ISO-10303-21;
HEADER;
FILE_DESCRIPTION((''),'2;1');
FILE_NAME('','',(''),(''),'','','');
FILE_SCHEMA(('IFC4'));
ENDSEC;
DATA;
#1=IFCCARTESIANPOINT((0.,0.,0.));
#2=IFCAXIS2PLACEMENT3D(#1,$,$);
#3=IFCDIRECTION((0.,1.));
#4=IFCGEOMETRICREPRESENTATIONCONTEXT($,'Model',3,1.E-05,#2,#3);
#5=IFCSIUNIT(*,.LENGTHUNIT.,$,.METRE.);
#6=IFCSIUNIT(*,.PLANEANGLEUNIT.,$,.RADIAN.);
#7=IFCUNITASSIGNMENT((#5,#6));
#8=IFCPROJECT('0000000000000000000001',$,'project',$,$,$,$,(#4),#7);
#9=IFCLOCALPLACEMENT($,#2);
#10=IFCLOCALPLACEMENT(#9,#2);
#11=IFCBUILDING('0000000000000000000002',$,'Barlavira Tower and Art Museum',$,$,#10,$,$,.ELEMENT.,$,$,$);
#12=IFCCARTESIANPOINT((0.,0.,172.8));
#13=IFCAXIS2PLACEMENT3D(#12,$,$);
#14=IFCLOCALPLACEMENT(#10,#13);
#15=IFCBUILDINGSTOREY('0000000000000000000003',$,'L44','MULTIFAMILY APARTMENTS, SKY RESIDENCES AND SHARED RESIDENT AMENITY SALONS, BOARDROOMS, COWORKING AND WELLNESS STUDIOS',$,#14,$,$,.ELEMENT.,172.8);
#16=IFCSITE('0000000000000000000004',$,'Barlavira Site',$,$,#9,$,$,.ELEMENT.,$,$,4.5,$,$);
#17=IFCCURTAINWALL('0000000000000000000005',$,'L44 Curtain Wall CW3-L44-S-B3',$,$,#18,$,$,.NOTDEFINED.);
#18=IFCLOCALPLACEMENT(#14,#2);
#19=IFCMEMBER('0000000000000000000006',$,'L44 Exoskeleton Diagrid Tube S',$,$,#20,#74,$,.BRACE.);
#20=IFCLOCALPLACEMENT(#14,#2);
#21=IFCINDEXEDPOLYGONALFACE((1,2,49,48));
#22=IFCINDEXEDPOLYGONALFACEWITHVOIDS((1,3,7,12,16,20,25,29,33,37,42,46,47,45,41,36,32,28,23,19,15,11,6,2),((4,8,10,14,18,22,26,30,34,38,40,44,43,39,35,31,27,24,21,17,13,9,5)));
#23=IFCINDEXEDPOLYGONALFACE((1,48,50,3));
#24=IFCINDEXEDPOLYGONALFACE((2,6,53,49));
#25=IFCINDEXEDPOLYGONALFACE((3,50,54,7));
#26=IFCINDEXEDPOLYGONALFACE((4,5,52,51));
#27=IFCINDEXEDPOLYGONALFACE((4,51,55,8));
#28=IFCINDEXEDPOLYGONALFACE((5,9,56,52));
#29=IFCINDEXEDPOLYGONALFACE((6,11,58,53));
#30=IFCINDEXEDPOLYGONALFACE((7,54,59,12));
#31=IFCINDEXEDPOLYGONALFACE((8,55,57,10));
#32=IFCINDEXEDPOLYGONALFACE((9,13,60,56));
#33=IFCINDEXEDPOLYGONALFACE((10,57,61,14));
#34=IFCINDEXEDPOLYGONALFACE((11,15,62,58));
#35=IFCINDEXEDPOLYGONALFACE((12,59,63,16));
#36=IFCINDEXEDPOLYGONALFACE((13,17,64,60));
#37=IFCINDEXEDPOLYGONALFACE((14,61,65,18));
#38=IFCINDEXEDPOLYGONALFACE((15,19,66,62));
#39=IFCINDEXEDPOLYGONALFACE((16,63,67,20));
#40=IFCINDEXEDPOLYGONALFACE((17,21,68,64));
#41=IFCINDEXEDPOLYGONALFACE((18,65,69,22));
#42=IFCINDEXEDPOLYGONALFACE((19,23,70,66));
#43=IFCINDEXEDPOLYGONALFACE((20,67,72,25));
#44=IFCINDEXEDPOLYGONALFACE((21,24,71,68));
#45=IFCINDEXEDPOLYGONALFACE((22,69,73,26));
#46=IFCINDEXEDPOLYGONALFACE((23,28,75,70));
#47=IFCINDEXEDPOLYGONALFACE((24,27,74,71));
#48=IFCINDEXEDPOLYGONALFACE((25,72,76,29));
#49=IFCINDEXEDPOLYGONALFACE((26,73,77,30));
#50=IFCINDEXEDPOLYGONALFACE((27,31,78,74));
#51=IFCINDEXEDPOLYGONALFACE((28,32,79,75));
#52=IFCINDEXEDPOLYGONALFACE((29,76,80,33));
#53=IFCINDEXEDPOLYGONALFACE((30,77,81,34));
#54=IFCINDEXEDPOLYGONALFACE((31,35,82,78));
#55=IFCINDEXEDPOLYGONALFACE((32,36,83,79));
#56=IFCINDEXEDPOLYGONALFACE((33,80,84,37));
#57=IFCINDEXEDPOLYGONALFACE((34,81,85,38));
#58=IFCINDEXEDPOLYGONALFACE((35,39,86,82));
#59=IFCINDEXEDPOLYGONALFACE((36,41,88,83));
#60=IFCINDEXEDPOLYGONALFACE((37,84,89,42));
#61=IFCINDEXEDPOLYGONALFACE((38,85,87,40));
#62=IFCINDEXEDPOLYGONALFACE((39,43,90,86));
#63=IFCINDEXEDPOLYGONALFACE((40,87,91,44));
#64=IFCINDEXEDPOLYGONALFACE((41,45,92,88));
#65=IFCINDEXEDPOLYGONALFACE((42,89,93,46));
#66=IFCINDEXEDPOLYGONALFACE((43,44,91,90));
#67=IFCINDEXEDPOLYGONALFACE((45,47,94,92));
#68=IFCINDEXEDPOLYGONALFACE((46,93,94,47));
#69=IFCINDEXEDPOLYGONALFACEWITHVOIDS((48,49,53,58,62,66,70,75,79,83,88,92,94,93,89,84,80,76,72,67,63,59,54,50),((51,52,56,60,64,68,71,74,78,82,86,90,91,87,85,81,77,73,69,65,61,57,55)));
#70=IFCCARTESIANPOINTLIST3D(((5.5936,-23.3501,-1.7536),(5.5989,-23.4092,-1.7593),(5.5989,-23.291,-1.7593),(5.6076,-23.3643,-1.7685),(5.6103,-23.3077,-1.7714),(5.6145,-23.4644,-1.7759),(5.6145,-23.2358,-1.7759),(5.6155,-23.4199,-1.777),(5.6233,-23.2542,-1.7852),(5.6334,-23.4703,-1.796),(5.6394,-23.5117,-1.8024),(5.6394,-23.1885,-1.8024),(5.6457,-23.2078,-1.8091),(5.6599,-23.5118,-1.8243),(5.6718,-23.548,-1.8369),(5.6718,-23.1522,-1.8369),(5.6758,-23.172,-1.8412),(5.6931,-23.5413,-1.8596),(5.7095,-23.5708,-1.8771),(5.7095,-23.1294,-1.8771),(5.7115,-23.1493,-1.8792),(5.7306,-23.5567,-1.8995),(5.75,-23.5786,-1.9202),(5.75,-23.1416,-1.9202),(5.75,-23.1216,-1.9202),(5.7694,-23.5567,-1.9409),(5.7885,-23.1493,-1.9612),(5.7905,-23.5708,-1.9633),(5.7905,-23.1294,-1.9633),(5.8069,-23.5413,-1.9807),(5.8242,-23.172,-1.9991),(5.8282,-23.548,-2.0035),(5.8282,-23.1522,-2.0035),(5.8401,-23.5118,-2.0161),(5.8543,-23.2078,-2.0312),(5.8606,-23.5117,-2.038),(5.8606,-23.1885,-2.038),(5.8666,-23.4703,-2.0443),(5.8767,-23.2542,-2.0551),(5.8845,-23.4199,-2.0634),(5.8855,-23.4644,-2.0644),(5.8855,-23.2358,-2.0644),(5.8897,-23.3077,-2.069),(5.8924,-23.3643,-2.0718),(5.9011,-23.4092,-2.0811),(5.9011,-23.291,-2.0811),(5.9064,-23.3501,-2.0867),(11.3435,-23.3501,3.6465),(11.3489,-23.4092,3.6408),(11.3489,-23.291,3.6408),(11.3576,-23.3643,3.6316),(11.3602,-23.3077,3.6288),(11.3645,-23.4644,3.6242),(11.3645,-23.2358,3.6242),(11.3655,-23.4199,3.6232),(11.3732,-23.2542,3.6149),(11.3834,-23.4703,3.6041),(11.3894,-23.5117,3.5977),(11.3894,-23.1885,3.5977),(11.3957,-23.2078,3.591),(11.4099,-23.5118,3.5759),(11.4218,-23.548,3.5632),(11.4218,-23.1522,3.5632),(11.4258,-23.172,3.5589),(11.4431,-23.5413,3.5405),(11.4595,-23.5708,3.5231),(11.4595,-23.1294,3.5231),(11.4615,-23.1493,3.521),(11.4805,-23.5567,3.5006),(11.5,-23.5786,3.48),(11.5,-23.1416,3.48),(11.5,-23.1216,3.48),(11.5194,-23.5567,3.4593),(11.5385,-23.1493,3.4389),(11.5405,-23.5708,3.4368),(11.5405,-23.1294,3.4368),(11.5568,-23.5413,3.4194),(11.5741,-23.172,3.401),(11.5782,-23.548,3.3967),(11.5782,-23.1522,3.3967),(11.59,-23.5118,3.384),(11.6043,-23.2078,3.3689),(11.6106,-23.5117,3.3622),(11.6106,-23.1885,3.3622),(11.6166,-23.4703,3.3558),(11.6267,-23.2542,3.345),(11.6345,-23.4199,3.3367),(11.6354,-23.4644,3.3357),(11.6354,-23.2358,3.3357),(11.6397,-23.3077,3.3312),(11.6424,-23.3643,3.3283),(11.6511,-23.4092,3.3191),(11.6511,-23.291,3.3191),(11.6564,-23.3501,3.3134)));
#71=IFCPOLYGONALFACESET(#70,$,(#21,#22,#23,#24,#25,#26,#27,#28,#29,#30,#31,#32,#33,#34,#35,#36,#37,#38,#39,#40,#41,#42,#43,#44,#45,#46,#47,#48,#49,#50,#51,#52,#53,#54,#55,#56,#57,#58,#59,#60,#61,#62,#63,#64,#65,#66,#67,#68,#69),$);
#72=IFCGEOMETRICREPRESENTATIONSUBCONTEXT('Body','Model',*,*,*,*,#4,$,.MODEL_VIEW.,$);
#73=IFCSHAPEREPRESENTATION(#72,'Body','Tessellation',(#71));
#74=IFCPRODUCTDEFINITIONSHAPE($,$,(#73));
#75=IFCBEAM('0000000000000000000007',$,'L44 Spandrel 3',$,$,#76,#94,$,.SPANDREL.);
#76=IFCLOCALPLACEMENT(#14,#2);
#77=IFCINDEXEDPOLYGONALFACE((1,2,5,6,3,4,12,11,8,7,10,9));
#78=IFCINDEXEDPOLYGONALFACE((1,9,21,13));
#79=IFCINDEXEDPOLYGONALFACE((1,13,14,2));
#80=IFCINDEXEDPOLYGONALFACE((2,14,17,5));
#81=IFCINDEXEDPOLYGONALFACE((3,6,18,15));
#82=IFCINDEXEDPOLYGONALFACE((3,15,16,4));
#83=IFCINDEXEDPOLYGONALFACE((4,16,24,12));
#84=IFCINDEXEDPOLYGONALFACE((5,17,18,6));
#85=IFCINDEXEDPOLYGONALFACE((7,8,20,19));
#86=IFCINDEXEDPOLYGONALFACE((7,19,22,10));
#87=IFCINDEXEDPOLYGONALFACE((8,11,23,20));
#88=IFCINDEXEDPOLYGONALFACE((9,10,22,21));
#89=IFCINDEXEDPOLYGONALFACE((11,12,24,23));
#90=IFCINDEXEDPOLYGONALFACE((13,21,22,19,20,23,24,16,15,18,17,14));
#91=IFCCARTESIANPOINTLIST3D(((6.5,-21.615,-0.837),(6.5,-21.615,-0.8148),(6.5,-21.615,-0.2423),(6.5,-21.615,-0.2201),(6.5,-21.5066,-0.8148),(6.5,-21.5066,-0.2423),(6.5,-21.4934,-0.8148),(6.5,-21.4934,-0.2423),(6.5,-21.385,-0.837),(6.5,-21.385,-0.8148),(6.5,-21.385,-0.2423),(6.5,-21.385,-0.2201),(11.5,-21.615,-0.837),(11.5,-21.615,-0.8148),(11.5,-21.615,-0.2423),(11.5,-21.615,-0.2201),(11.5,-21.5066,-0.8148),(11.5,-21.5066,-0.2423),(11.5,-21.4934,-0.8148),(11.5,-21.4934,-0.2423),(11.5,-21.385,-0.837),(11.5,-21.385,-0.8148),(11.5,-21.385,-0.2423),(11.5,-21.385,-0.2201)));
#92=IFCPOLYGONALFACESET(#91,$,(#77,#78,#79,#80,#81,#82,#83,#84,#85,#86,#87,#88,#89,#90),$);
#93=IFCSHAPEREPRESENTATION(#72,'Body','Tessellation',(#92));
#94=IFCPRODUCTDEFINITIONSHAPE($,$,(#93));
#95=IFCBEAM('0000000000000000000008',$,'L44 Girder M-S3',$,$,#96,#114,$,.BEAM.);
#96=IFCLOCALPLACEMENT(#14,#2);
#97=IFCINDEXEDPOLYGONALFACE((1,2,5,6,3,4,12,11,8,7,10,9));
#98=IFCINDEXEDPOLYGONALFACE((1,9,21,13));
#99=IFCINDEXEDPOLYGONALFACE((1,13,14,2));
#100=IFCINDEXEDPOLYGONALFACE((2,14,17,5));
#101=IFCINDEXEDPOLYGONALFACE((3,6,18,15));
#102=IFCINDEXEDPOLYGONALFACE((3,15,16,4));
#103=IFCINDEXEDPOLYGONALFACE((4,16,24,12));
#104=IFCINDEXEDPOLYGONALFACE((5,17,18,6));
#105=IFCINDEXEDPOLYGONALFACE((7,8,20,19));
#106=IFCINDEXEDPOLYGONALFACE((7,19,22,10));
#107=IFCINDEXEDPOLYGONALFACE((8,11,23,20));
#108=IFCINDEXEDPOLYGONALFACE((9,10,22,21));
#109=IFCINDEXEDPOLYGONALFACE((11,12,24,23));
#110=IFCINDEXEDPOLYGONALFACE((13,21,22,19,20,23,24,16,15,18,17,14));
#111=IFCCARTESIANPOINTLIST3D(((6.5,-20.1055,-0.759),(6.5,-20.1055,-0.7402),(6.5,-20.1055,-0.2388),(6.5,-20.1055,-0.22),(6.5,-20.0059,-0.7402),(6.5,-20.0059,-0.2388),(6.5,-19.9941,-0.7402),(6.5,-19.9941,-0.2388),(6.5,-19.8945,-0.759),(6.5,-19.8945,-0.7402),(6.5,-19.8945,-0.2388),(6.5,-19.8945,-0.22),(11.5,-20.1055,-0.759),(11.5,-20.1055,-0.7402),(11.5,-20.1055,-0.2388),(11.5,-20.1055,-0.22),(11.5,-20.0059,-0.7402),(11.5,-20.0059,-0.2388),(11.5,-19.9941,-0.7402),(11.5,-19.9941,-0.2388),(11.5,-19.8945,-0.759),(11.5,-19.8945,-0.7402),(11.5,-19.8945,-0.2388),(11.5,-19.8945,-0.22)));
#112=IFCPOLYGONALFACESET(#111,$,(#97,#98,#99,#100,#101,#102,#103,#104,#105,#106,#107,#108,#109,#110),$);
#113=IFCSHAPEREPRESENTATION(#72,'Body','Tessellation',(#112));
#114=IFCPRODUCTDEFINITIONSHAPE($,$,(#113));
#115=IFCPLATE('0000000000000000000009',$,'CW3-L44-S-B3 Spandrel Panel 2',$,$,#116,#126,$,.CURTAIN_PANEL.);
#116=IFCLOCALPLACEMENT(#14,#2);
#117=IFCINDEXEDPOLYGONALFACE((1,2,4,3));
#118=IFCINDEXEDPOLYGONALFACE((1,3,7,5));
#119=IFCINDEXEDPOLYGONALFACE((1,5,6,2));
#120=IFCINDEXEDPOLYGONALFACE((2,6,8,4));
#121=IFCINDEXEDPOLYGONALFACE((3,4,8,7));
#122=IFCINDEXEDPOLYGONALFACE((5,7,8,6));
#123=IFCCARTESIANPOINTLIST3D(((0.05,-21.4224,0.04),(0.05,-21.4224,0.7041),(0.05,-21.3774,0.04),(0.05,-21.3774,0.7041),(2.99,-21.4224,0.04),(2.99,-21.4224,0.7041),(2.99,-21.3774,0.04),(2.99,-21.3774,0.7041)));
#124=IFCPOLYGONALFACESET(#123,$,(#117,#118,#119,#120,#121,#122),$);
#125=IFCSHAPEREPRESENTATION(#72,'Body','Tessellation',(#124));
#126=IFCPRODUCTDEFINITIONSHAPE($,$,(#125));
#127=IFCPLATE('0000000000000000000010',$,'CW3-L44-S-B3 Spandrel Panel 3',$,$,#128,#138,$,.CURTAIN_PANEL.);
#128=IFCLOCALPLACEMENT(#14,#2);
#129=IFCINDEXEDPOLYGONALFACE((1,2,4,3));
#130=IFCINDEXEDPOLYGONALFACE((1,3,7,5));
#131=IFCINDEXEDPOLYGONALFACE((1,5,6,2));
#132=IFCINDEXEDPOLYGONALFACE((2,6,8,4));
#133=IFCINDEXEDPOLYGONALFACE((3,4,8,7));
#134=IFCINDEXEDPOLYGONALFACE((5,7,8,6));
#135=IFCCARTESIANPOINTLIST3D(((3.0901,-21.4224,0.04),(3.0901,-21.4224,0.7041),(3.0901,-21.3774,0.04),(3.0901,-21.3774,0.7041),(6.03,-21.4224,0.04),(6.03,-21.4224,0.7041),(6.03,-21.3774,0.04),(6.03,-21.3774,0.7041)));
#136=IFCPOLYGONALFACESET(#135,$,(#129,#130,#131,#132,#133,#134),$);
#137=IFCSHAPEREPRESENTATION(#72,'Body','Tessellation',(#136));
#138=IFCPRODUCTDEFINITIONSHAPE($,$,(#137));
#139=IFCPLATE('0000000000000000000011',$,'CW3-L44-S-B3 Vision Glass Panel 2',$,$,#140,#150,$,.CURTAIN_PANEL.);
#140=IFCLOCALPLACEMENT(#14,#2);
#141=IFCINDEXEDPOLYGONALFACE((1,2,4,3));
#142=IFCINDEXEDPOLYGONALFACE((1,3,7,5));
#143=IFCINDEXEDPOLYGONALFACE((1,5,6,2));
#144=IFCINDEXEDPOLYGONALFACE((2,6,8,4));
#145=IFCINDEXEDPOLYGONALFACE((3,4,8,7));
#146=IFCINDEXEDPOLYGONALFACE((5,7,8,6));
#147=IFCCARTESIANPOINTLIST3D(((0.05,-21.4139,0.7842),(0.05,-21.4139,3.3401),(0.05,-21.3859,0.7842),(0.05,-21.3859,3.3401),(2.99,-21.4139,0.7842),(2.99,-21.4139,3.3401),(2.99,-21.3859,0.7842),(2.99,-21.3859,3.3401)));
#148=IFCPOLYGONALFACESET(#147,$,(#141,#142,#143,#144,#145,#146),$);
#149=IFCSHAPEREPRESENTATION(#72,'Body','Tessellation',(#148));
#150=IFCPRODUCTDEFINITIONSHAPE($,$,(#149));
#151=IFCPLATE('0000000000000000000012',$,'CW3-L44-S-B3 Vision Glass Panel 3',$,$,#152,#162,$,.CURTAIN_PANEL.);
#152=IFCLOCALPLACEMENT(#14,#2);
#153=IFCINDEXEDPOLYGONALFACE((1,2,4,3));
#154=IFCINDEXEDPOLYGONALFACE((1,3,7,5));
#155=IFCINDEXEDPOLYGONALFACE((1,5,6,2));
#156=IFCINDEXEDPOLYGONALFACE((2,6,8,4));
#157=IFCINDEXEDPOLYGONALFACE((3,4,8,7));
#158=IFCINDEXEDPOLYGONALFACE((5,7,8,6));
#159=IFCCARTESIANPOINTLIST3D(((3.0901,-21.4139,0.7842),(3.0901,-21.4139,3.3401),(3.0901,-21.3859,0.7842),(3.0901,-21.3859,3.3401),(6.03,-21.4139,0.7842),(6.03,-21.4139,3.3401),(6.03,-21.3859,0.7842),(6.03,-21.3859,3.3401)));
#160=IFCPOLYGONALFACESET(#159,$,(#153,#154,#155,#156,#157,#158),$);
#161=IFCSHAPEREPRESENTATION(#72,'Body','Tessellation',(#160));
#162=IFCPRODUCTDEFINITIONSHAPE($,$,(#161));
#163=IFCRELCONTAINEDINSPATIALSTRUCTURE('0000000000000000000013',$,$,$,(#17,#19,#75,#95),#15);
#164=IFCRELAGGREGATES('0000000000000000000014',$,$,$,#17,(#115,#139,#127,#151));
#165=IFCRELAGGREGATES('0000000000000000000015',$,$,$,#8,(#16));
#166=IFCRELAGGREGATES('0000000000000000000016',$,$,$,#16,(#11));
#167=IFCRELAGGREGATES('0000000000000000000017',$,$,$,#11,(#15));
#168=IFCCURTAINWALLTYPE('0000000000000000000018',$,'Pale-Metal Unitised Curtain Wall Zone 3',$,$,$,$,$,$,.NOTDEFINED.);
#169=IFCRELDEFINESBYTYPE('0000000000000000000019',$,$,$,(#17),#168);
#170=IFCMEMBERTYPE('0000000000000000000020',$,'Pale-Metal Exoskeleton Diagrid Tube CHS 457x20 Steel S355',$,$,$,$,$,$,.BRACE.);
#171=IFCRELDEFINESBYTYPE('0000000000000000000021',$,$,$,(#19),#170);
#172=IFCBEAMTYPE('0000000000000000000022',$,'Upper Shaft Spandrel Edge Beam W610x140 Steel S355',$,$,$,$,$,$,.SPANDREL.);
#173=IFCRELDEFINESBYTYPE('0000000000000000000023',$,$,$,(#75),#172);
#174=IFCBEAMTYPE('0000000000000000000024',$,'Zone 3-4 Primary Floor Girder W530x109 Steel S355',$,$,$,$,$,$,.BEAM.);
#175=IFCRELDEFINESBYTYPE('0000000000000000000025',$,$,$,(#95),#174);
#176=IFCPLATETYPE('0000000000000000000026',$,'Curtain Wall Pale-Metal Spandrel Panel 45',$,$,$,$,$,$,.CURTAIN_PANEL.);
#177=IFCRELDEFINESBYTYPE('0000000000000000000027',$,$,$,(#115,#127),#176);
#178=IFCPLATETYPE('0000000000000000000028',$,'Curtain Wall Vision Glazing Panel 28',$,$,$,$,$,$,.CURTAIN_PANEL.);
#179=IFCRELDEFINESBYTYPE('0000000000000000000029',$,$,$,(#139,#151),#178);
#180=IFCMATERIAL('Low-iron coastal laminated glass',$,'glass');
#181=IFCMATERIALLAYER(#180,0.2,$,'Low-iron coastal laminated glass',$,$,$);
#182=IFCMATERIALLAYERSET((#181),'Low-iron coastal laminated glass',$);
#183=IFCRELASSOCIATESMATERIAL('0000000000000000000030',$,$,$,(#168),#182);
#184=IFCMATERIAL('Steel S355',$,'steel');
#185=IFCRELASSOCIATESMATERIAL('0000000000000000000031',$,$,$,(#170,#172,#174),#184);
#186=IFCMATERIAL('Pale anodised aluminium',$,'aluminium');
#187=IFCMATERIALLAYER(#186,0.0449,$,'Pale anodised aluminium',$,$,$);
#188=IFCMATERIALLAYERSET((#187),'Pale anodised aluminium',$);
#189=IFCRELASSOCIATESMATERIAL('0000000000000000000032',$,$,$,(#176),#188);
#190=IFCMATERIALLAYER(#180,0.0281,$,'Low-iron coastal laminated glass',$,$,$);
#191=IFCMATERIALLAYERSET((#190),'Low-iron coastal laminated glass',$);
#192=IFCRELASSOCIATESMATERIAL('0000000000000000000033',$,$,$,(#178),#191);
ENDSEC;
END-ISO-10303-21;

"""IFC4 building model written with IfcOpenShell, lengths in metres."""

from ifc_helpers import new_model, si_unit, direction, frame, origin, origin_2d, place, context, subcontext, project, spatial, rectangle, hollow_circle, i_section, extrude, material, layer, layer_set, material_profile, profile_set, type_object, element, aggregate, save


model = new_model("IFC4")

# Units and contexts
model_context = context("Model", 3, precision=1e-05, world=origin(), true_north=direction((0.0, 1.0)))
body_context = subcontext(model_context, "Body", "Model", "MODEL_VIEW")
ifc_project = project(units=[si_unit("LENGTHUNIT", "METRE"), si_unit("PLANEANGLEUNIT", "RADIAN")], contexts=[model_context])

# Site, building, storey
site_placement = place(None, origin())
site = spatial("IfcSite", under=ifc_project, at=site_placement, Name="Barlavira Site", CompositionType="ELEMENT", RefElevation=4.5)
building_placement = place(site_placement, origin())
building = spatial("IfcBuilding", under=site, at=building_placement, Name="Barlavira Tower and Art Museum", CompositionType="ELEMENT")
storey_placement = place(building_placement, frame((0.0, 0.0, 172.8)))
storey = spatial("IfcBuildingStorey", under=building, at=storey_placement, Name="L44", Description="MULTIFAMILY APARTMENTS, SKY RESIDENCES AND SHARED RESIDENT AMENITY SALONS, BOARDROOMS, COWORKING AND WELLNESS STUDIOS", CompositionType="ELEMENT", Elevation=172.8)

# Curtain wall
ifc_material_1 = material(Name="Low-iron coastal laminated glass", Category="glass")
ifc_layer_1 = layer(ifc_material_1, 0.2, Name="Low-iron coastal laminated glass")
ifc_layer_set_1 = layer_set([ifc_layer_1], Name="Low-iron coastal laminated glass")
curtain_wall_type = type_object("IfcCurtainWallType", Name="Pale-Metal Unitised Curtain Wall Zone 3", PredefinedType="NOTDEFINED", material=ifc_layer_set_1)
curtain_wall_placement = place(storey_placement, origin())
curtain_wall = element("IfcCurtainWall", 1, at=curtain_wall_placement, inside=storey, type_object=curtain_wall_type, Name="L44 Curtain Wall CW3-L44-S-B3", PredefinedType="NOTDEFINED")
ifc_material_2 = material(Name="Pale anodised aluminium", Category="aluminium")

# Member
ifc_material_3 = material(Name="Steel S355", Category="steel")
ifc_material_profile_1 = material_profile(ifc_material_3, hollow_circle(Radius=0.2285, WallThickness=0.02, at=origin_2d()), Name="CHS 457.0x20.0")
ifc_profile_set_1 = profile_set([ifc_material_profile_1], Name="Steel S355")
member_type_1 = type_object("IfcMemberType", Name="Pale-Metal Exoskeleton Diagrid Tube CHS 457x20 Steel S355", PredefinedType="BRACE", material=ifc_profile_set_1)
for number, where, z_axis, x_axis, name in (
    (2, (5.75, -23.3501, -1.9202), (0.728935, 0.0, 0.684583), (0.0, 1.0, 0.0), "L44 Exoskeleton Diagrid Tube S"),
):
    element("IfcMember", number, at=place(storey_placement, frame(where, z_axis=z_axis, x_axis=x_axis)), inside=storey, type_object=member_type_1, Name=name, PredefinedType="BRACE", context=body_context, shape_type="SweptSolid", body=[
        extrude(hollow_circle(Radius=0.2285, WallThickness=0.02, at=origin_2d()), origin(), (0.0, 0.0, 1.0), 7.8882),
    ])

# Beams
ifc_material_profile_2 = material_profile(ifc_material_3, i_section(OverallWidth=0.23, OverallDepth=0.6169, WebThickness=0.0132, FlangeThickness=0.0222, at=origin_2d()), Name="W610x140.0")
ifc_profile_set_2 = profile_set([ifc_material_profile_2], Name="Steel S355")
beam_type_1 = type_object("IfcBeamType", Name="Upper Shaft Spandrel Edge Beam W610x140 Steel S355", PredefinedType="SPANDREL", material=ifc_profile_set_2)
beam_1_placement = place(storey_placement, frame((6.5, -21.5, -0.5286), z_axis=(1.0, 0.0, 0.0), x_axis=(0.0, 1.0, 0.0)))
element("IfcBeam", 3, at=beam_1_placement, inside=storey, type_object=beam_type_1, Name="L44 Spandrel 3", PredefinedType="SPANDREL", context=body_context, shape_type="SweptSolid", body=[
    extrude(i_section(OverallWidth=0.23, OverallDepth=0.6169, WebThickness=0.0132, FlangeThickness=0.0222, at=origin_2d()), origin(), (0.0, 0.0, 1.0), 5.0),
])
ifc_material_profile_3 = material_profile(ifc_material_3, i_section(OverallWidth=0.2109, OverallDepth=0.5391, WebThickness=0.0117, FlangeThickness=0.0188, at=origin_2d()), Name="W530x109.0")
ifc_profile_set_3 = profile_set([ifc_material_profile_3], Name="Steel S355")
beam_type_2 = type_object("IfcBeamType", Name="Zone 3-4 Primary Floor Girder W530x109 Steel S355", PredefinedType="BEAM", material=ifc_profile_set_3)
beam_2_placement = place(storey_placement, frame((6.5, -20.0, -0.4895), z_axis=(1.0, 0.0, 0.0), x_axis=(0.0, 1.0, 0.0)))
element("IfcBeam", 4, at=beam_2_placement, inside=storey, type_object=beam_type_2, Name="L44 Girder M-S3", PredefinedType="BEAM", context=body_context, shape_type="SweptSolid", body=[
    extrude(i_section(OverallWidth=0.2109, OverallDepth=0.5391, WebThickness=0.0117, FlangeThickness=0.0188, at=origin_2d()), origin(), (0.0, 0.0, 1.0), 5.0),
])

# Plates
ifc_layer_2 = layer(ifc_material_2, 0.0449, Name="Pale anodised aluminium")
ifc_layer_set_2 = layer_set([ifc_layer_2], Name="Pale anodised aluminium")
plate_type_1 = type_object("IfcPlateType", Name="Curtain Wall Pale-Metal Spandrel Panel 45", PredefinedType="CURTAIN_PANEL", material=ifc_layer_set_2)
plate_1_placement = place(storey_placement, frame((1.52, -21.3999, 0.04), z_axis=(0.0, 0.0, 1.0), x_axis=(1.0, 0.0, 0.0)))
plate_1 = element("IfcPlate", 5, at=plate_1_placement, type_object=plate_type_1, Name="CW3-L44-S-B3 Spandrel Panel 2", PredefinedType="CURTAIN_PANEL", context=body_context, shape_type="SweptSolid", body=[
    extrude(rectangle(XDim=2.9399, YDim=0.0449, at=origin_2d()), origin(), (0.0, 0.0, 1.0), 0.6641),
])
plate_2_placement = place(storey_placement, frame((4.5601, -21.3999, 0.04), z_axis=(0.0, 0.0, 1.0), x_axis=(1.0, 0.0, 0.0)))
plate_2 = element("IfcPlate", 6, at=plate_2_placement, type_object=plate_type_1, Name="CW3-L44-S-B3 Spandrel Panel 3", PredefinedType="CURTAIN_PANEL", context=body_context, shape_type="SweptSolid", body=[
    extrude(rectangle(XDim=2.9399, YDim=0.0449, at=origin_2d()), origin(), (0.0, 0.0, 1.0), 0.6641),
])
ifc_layer_3 = layer(ifc_material_1, 0.0281, Name="Low-iron coastal laminated glass")
ifc_layer_set_3 = layer_set([ifc_layer_3], Name="Low-iron coastal laminated glass")
plate_type_2 = type_object("IfcPlateType", Name="Curtain Wall Vision Glazing Panel 28", PredefinedType="CURTAIN_PANEL", material=ifc_layer_set_3)
plate_3_placement = place(storey_placement, frame((1.52, -21.3999, 0.7842), z_axis=(0.0, 0.0, 1.0), x_axis=(1.0, 0.0, 0.0)))
plate_3 = element("IfcPlate", 7, at=plate_3_placement, type_object=plate_type_2, Name="CW3-L44-S-B3 Vision Glass Panel 2", PredefinedType="CURTAIN_PANEL", context=body_context, shape_type="SweptSolid", body=[
    extrude(rectangle(XDim=2.9399, YDim=0.0281, at=origin_2d()), origin(), (0.0, 0.0, 1.0), 2.5559),
])
plate_4_placement = place(storey_placement, frame((4.5601, -21.3999, 0.7842), z_axis=(0.0, 0.0, 1.0), x_axis=(1.0, 0.0, 0.0)))
plate_4 = element("IfcPlate", 8, at=plate_4_placement, type_object=plate_type_2, Name="CW3-L44-S-B3 Vision Glass Panel 3", PredefinedType="CURTAIN_PANEL", context=body_context, shape_type="SweptSolid", body=[
    extrude(rectangle(XDim=2.9399, YDim=0.0281, at=origin_2d()), origin(), (0.0, 0.0, 1.0), 2.5559),
])
aggregate(curtain_wall, [plate_1, plate_3, plate_2, plate_4])

save(model, "model.ifc")
